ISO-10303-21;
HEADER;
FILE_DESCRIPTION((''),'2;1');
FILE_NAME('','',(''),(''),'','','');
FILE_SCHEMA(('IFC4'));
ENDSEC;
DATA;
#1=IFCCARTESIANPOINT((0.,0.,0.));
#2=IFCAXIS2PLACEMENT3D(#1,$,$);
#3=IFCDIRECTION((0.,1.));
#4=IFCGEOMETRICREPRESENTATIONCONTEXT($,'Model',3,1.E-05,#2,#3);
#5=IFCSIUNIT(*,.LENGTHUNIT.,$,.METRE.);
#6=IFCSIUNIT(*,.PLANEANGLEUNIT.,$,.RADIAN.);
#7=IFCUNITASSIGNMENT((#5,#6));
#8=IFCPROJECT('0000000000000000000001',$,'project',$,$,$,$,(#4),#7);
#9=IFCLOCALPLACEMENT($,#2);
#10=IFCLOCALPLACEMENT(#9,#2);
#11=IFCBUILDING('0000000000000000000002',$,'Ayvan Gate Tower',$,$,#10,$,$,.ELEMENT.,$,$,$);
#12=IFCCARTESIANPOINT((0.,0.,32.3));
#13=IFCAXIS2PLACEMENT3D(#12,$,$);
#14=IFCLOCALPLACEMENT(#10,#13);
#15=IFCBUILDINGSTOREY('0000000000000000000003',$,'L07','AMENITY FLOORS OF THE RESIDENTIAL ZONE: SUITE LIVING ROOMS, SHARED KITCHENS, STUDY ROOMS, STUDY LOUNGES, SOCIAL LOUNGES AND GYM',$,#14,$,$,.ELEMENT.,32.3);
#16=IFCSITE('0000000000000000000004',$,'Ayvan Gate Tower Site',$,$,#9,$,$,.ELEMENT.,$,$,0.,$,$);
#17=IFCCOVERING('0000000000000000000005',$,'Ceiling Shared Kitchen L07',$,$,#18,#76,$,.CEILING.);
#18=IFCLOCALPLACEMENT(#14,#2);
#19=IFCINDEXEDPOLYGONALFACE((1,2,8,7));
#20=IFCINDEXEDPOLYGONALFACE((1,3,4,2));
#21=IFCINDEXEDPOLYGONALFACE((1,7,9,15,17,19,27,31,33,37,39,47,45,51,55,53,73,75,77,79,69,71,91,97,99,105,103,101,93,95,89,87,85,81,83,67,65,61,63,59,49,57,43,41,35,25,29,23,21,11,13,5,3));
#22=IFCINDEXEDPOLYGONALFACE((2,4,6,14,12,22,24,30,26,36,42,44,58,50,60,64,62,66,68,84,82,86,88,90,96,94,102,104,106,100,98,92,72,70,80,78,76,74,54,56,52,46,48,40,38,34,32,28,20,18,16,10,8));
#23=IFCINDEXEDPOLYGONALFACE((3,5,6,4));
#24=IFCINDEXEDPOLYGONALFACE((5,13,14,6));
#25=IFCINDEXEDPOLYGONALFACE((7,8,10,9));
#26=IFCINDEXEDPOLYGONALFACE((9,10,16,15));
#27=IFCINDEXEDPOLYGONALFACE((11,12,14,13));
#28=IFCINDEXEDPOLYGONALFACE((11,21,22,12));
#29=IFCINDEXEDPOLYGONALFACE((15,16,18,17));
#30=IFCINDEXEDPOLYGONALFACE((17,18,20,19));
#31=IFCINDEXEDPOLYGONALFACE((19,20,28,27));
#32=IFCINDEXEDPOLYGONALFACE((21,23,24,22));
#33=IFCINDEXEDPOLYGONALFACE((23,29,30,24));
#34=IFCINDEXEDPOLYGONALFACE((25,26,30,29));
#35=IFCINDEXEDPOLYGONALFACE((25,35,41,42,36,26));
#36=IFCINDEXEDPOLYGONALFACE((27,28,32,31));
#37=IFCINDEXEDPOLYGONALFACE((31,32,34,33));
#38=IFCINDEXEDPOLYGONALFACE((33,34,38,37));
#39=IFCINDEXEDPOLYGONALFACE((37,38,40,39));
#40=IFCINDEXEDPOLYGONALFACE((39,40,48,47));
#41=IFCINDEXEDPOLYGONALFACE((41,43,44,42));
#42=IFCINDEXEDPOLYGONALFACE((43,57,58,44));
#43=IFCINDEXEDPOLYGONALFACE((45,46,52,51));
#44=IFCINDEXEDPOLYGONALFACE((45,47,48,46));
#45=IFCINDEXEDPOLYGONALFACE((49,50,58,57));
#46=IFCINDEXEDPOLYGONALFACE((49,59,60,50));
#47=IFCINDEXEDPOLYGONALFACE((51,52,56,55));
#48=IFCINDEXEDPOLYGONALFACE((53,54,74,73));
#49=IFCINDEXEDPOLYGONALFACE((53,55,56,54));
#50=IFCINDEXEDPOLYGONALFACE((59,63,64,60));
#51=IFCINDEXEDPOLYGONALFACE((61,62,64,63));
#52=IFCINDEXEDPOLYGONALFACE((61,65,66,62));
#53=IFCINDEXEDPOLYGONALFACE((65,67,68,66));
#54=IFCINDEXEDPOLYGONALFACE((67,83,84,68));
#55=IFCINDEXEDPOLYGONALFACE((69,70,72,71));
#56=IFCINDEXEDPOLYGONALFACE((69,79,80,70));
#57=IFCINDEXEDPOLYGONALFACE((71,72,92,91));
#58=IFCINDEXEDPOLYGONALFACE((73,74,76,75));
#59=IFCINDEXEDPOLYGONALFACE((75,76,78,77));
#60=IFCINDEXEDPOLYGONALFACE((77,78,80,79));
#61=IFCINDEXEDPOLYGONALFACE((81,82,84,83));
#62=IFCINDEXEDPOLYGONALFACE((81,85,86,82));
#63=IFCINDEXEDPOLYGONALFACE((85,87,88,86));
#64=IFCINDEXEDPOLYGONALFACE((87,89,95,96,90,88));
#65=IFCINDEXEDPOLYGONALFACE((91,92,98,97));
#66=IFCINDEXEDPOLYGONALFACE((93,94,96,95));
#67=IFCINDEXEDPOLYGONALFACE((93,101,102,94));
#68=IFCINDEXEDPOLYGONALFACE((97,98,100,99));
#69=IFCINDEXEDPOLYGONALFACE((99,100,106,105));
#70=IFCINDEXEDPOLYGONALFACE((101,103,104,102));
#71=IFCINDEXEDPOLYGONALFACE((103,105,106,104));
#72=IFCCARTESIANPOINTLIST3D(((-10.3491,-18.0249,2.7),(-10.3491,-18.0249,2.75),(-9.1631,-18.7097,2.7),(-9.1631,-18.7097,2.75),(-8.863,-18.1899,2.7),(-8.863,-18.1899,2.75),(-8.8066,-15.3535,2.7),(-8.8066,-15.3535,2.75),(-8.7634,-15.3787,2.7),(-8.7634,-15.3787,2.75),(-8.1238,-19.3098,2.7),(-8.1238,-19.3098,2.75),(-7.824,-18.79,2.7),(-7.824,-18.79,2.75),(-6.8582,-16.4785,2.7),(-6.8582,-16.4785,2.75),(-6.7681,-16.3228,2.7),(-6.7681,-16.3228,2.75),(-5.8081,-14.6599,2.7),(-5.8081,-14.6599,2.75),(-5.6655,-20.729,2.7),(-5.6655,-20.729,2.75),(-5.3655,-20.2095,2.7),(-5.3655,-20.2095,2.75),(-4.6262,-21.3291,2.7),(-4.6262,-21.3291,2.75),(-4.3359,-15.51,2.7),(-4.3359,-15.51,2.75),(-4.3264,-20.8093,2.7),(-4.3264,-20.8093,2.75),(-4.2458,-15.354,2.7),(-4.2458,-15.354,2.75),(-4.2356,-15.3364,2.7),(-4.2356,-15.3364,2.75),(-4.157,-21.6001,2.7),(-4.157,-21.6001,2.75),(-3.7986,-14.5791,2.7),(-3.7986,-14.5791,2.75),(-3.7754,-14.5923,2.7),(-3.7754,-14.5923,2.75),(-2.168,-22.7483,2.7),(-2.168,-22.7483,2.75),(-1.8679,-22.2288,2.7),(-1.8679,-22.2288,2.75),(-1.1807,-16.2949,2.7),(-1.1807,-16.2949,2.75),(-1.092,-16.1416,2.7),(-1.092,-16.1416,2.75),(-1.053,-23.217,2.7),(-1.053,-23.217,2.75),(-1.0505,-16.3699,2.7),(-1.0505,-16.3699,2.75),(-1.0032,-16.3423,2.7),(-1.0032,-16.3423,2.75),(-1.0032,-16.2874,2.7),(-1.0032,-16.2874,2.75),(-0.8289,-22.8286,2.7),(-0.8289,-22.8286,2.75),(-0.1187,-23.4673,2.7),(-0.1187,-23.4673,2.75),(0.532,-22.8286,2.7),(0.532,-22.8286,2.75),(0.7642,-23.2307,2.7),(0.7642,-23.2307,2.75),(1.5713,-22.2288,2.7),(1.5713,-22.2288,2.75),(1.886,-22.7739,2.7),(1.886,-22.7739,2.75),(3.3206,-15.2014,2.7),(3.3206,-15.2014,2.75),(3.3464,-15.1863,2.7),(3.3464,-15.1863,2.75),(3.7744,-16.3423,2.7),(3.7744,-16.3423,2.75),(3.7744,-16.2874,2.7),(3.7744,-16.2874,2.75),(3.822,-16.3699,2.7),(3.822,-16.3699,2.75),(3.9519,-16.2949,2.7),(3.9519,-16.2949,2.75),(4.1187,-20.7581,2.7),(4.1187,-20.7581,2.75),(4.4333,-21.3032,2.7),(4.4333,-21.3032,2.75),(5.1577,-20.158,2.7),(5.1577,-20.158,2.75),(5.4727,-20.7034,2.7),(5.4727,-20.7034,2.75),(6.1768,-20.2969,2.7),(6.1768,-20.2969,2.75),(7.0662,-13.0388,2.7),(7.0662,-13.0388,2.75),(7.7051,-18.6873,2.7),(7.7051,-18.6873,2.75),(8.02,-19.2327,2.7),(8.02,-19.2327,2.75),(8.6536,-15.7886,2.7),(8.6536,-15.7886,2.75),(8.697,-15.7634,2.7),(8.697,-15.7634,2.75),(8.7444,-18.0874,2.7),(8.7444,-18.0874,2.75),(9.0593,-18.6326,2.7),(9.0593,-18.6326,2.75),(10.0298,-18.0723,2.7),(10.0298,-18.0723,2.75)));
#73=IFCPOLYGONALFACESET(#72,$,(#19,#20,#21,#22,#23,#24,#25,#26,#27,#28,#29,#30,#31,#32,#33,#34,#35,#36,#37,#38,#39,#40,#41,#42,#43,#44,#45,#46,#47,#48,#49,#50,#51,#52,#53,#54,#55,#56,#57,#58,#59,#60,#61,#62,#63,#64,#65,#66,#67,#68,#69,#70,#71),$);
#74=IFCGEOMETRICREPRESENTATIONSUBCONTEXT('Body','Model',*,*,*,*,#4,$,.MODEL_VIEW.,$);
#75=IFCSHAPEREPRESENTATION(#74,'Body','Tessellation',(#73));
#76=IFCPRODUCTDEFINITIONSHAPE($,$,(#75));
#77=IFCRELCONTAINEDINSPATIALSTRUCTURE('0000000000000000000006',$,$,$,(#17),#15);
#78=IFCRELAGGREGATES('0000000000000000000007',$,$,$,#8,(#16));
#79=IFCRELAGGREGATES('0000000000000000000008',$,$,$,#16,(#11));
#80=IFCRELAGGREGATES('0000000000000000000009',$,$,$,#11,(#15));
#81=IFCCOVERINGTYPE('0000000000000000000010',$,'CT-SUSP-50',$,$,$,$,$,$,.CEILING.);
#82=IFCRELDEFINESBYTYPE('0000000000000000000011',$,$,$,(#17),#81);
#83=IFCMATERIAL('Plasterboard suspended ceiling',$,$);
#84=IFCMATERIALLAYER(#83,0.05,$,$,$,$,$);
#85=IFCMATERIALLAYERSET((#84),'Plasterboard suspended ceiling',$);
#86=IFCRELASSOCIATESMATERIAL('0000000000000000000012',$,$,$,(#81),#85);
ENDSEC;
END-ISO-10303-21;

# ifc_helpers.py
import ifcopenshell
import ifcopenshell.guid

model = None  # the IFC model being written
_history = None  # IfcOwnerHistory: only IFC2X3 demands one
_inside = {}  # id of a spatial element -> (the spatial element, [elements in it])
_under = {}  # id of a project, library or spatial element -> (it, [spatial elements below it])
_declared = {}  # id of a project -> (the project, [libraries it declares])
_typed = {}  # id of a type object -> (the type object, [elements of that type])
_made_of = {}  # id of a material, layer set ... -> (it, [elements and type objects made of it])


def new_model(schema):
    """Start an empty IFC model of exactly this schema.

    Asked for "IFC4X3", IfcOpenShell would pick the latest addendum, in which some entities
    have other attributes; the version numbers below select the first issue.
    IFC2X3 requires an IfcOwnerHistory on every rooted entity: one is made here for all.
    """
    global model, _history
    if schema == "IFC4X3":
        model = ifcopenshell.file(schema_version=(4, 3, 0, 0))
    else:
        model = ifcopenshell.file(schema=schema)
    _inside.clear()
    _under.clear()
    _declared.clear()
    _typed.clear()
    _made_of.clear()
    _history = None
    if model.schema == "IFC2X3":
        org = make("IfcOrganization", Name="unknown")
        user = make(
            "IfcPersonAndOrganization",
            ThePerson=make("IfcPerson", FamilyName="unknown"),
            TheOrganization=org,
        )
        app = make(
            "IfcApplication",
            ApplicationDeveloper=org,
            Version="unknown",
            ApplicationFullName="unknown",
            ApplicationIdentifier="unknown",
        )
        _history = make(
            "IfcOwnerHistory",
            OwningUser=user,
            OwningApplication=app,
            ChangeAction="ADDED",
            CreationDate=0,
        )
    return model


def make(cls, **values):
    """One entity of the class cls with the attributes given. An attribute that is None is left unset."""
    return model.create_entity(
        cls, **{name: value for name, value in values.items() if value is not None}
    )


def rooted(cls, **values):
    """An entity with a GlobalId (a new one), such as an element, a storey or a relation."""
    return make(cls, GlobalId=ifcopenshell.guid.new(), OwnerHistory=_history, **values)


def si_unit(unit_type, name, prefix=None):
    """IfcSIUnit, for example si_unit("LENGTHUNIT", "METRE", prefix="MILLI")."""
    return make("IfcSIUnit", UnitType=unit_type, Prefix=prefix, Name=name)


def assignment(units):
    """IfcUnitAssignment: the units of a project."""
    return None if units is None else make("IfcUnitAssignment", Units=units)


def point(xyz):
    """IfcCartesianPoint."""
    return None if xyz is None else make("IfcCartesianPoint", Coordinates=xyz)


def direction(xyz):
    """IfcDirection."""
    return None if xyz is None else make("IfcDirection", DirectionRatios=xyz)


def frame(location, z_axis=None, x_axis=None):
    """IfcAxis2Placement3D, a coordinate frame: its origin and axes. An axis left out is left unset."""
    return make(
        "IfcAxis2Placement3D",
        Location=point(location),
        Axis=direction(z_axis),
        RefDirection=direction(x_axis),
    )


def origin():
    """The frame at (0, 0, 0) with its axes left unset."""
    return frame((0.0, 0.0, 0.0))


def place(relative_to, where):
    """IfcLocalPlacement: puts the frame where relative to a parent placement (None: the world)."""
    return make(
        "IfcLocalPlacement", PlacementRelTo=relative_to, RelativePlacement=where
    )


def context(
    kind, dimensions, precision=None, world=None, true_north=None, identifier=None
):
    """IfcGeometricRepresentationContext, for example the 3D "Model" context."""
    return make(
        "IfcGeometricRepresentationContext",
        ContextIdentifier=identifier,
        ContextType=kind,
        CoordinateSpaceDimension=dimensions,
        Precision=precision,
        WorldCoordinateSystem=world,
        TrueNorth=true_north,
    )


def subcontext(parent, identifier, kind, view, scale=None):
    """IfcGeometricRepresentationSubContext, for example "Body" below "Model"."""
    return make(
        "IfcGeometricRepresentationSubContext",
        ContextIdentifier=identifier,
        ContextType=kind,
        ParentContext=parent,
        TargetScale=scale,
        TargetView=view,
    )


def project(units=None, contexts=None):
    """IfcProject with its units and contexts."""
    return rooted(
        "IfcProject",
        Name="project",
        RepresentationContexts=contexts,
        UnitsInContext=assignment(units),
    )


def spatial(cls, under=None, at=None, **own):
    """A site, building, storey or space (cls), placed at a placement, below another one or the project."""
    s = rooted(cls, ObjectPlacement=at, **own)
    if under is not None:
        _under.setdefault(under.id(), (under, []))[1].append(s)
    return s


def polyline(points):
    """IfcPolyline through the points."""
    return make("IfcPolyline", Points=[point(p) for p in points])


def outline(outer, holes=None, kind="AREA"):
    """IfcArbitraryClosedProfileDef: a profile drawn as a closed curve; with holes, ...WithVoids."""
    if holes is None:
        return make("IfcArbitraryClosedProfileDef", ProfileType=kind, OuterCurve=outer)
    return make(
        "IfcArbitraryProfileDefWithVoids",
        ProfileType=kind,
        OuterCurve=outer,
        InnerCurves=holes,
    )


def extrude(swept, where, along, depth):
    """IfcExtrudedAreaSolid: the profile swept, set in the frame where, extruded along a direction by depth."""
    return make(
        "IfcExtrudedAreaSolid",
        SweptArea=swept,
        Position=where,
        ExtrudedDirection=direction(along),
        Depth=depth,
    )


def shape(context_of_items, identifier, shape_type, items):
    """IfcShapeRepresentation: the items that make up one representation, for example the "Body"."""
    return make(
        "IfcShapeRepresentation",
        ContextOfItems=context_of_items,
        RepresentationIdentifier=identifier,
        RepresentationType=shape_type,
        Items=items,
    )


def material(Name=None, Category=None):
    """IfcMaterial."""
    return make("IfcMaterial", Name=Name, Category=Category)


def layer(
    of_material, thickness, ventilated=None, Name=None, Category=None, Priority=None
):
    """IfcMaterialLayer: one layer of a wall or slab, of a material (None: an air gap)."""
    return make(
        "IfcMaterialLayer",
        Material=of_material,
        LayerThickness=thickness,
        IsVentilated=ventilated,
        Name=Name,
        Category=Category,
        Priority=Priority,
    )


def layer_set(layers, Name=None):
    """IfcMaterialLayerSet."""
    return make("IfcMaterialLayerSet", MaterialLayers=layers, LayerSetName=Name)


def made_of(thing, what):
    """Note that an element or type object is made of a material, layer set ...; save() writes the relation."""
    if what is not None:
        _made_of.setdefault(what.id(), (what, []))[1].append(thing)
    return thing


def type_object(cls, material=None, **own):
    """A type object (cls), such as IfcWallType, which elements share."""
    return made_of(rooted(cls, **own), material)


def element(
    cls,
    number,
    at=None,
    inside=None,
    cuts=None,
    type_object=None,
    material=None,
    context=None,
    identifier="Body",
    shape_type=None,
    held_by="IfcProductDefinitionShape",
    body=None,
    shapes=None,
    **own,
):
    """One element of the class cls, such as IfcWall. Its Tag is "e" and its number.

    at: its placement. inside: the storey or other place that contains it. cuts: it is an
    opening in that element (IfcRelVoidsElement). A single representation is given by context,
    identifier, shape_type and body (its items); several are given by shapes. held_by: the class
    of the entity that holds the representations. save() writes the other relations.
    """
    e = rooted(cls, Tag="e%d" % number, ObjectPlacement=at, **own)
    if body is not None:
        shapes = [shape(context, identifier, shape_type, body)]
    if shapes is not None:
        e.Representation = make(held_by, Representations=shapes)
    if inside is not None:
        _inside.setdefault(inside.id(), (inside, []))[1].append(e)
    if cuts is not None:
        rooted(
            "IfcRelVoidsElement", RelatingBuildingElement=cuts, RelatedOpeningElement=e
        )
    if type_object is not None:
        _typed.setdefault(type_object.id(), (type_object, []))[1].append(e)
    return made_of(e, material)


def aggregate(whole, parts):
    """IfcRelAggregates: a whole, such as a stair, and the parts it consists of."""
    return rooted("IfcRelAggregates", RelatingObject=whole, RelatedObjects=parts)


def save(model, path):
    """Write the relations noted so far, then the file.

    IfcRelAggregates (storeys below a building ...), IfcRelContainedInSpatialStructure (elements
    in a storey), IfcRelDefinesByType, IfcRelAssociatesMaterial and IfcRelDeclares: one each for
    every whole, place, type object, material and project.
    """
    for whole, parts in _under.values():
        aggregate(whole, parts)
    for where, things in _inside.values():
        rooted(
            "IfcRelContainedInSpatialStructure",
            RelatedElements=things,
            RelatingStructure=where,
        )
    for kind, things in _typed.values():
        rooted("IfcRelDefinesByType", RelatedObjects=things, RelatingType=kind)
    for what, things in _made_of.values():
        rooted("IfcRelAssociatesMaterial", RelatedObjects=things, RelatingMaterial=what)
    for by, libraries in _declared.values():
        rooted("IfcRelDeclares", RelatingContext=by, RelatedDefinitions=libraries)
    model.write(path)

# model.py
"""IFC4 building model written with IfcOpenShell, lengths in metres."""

from ifc_helpers import new_model, si_unit, direction, frame, origin, place, context, subcontext, project, spatial, polyline, outline, extrude, material, layer, layer_set, type_object, element, save


model = new_model("IFC4")

# Units and contexts
model_context = context("Model", 3, precision=1e-05, world=origin(), true_north=direction((0.0, 1.0)))
body_context = subcontext(model_context, "Body", "Model", "MODEL_VIEW")
ifc_project = project(units=[si_unit("LENGTHUNIT", "METRE"), si_unit("PLANEANGLEUNIT", "RADIAN")], contexts=[model_context])

# Site, building, storey
site_placement = place(None, origin())
site = spatial("IfcSite", under=ifc_project, at=site_placement, Name="Ayvan Gate Tower Site", CompositionType="ELEMENT", RefElevation=0.0)
building_placement = place(site_placement, origin())
building = spatial("IfcBuilding", under=site, at=building_placement, Name="Ayvan Gate Tower", CompositionType="ELEMENT")
storey_placement = place(building_placement, frame((0.0, 0.0, 32.3)))
storey = spatial("IfcBuildingStorey", under=building, at=storey_placement, Name="L07", Description="AMENITY FLOORS OF THE RESIDENTIAL ZONE: SUITE LIVING ROOMS, SHARED KITCHENS, STUDY ROOMS, STUDY LOUNGES, SOCIAL LOUNGES AND GYM", CompositionType="ELEMENT", Elevation=32.3)

# Covering
ifc_material_1 = material(Name="Plasterboard suspended ceiling")
ifc_layer_1 = layer(ifc_material_1, 0.05)
ifc_layer_set_1 = layer_set([ifc_layer_1], Name="Plasterboard suspended ceiling")
covering_type = type_object("IfcCoveringType", Name="CT-SUSP-50", PredefinedType="CEILING", material=ifc_layer_set_1)
covering_1_placement = place(storey_placement, frame((0.0, 0.0, 2.7)))
element("IfcCovering", 1, at=covering_1_placement, inside=storey, type_object=covering_type, Name="Ceiling Shared Kitchen L07", PredefinedType="CEILING", context=body_context, shape_type="SweptSolid", body=[
    extrude(outline(polyline([(-6.8582, -16.4785), (-6.7681, -16.3228), (-5.8081, -14.6599), (-4.3359, -15.51), (-4.2458, -15.354), (-4.2356, -15.3364), (-3.7986, -14.5791), (-3.7754, -14.5923), (-1.092, -16.1416), (-1.1807, -16.2949), (-1.0505, -16.3699), (-1.0032, -16.2874), (-1.0032, -16.3423), (3.7744, -16.3423), (3.7744, -16.2874), (3.822, -16.3699), (3.9519, -16.2949), (3.3206, -15.2014), (3.3464, -15.1863), (7.0662, -13.0388), (8.6536, -15.7886), (8.697, -15.7634), (10.0298, -18.0723), (9.0593, -18.6326), (8.7444, -18.0874), (7.7051, -18.6873), (8.02, -19.2327), (6.1768, -20.2969), (5.4727, -20.7034), (5.1577, -20.158), (4.1187, -20.7581), (4.4333, -21.3032), (1.886, -22.7739), (1.5713, -22.2288), (0.532, -22.8286), (0.7642, -23.2307), (-0.1187, -23.4673), (-1.053, -23.217), (-0.8289, -22.8286), (-1.8679, -22.2288), (-2.168, -22.7483), (-4.157, -21.6001), (-4.6262, -21.3291), (-4.3264, -20.8093), (-5.3655, -20.2095), (-5.6655, -20.729), (-8.1238, -19.3098), (-7.824, -18.79), (-8.863, -18.1899), (-9.1631, -18.7097), (-10.3491, -18.0249), (-8.8066, -15.3535), (-8.7634, -15.3787), (-6.8582, -16.4785)])), origin(), (0.0, 0.0, 1.0), 0.05),
])

save(model, "model.ifc")
